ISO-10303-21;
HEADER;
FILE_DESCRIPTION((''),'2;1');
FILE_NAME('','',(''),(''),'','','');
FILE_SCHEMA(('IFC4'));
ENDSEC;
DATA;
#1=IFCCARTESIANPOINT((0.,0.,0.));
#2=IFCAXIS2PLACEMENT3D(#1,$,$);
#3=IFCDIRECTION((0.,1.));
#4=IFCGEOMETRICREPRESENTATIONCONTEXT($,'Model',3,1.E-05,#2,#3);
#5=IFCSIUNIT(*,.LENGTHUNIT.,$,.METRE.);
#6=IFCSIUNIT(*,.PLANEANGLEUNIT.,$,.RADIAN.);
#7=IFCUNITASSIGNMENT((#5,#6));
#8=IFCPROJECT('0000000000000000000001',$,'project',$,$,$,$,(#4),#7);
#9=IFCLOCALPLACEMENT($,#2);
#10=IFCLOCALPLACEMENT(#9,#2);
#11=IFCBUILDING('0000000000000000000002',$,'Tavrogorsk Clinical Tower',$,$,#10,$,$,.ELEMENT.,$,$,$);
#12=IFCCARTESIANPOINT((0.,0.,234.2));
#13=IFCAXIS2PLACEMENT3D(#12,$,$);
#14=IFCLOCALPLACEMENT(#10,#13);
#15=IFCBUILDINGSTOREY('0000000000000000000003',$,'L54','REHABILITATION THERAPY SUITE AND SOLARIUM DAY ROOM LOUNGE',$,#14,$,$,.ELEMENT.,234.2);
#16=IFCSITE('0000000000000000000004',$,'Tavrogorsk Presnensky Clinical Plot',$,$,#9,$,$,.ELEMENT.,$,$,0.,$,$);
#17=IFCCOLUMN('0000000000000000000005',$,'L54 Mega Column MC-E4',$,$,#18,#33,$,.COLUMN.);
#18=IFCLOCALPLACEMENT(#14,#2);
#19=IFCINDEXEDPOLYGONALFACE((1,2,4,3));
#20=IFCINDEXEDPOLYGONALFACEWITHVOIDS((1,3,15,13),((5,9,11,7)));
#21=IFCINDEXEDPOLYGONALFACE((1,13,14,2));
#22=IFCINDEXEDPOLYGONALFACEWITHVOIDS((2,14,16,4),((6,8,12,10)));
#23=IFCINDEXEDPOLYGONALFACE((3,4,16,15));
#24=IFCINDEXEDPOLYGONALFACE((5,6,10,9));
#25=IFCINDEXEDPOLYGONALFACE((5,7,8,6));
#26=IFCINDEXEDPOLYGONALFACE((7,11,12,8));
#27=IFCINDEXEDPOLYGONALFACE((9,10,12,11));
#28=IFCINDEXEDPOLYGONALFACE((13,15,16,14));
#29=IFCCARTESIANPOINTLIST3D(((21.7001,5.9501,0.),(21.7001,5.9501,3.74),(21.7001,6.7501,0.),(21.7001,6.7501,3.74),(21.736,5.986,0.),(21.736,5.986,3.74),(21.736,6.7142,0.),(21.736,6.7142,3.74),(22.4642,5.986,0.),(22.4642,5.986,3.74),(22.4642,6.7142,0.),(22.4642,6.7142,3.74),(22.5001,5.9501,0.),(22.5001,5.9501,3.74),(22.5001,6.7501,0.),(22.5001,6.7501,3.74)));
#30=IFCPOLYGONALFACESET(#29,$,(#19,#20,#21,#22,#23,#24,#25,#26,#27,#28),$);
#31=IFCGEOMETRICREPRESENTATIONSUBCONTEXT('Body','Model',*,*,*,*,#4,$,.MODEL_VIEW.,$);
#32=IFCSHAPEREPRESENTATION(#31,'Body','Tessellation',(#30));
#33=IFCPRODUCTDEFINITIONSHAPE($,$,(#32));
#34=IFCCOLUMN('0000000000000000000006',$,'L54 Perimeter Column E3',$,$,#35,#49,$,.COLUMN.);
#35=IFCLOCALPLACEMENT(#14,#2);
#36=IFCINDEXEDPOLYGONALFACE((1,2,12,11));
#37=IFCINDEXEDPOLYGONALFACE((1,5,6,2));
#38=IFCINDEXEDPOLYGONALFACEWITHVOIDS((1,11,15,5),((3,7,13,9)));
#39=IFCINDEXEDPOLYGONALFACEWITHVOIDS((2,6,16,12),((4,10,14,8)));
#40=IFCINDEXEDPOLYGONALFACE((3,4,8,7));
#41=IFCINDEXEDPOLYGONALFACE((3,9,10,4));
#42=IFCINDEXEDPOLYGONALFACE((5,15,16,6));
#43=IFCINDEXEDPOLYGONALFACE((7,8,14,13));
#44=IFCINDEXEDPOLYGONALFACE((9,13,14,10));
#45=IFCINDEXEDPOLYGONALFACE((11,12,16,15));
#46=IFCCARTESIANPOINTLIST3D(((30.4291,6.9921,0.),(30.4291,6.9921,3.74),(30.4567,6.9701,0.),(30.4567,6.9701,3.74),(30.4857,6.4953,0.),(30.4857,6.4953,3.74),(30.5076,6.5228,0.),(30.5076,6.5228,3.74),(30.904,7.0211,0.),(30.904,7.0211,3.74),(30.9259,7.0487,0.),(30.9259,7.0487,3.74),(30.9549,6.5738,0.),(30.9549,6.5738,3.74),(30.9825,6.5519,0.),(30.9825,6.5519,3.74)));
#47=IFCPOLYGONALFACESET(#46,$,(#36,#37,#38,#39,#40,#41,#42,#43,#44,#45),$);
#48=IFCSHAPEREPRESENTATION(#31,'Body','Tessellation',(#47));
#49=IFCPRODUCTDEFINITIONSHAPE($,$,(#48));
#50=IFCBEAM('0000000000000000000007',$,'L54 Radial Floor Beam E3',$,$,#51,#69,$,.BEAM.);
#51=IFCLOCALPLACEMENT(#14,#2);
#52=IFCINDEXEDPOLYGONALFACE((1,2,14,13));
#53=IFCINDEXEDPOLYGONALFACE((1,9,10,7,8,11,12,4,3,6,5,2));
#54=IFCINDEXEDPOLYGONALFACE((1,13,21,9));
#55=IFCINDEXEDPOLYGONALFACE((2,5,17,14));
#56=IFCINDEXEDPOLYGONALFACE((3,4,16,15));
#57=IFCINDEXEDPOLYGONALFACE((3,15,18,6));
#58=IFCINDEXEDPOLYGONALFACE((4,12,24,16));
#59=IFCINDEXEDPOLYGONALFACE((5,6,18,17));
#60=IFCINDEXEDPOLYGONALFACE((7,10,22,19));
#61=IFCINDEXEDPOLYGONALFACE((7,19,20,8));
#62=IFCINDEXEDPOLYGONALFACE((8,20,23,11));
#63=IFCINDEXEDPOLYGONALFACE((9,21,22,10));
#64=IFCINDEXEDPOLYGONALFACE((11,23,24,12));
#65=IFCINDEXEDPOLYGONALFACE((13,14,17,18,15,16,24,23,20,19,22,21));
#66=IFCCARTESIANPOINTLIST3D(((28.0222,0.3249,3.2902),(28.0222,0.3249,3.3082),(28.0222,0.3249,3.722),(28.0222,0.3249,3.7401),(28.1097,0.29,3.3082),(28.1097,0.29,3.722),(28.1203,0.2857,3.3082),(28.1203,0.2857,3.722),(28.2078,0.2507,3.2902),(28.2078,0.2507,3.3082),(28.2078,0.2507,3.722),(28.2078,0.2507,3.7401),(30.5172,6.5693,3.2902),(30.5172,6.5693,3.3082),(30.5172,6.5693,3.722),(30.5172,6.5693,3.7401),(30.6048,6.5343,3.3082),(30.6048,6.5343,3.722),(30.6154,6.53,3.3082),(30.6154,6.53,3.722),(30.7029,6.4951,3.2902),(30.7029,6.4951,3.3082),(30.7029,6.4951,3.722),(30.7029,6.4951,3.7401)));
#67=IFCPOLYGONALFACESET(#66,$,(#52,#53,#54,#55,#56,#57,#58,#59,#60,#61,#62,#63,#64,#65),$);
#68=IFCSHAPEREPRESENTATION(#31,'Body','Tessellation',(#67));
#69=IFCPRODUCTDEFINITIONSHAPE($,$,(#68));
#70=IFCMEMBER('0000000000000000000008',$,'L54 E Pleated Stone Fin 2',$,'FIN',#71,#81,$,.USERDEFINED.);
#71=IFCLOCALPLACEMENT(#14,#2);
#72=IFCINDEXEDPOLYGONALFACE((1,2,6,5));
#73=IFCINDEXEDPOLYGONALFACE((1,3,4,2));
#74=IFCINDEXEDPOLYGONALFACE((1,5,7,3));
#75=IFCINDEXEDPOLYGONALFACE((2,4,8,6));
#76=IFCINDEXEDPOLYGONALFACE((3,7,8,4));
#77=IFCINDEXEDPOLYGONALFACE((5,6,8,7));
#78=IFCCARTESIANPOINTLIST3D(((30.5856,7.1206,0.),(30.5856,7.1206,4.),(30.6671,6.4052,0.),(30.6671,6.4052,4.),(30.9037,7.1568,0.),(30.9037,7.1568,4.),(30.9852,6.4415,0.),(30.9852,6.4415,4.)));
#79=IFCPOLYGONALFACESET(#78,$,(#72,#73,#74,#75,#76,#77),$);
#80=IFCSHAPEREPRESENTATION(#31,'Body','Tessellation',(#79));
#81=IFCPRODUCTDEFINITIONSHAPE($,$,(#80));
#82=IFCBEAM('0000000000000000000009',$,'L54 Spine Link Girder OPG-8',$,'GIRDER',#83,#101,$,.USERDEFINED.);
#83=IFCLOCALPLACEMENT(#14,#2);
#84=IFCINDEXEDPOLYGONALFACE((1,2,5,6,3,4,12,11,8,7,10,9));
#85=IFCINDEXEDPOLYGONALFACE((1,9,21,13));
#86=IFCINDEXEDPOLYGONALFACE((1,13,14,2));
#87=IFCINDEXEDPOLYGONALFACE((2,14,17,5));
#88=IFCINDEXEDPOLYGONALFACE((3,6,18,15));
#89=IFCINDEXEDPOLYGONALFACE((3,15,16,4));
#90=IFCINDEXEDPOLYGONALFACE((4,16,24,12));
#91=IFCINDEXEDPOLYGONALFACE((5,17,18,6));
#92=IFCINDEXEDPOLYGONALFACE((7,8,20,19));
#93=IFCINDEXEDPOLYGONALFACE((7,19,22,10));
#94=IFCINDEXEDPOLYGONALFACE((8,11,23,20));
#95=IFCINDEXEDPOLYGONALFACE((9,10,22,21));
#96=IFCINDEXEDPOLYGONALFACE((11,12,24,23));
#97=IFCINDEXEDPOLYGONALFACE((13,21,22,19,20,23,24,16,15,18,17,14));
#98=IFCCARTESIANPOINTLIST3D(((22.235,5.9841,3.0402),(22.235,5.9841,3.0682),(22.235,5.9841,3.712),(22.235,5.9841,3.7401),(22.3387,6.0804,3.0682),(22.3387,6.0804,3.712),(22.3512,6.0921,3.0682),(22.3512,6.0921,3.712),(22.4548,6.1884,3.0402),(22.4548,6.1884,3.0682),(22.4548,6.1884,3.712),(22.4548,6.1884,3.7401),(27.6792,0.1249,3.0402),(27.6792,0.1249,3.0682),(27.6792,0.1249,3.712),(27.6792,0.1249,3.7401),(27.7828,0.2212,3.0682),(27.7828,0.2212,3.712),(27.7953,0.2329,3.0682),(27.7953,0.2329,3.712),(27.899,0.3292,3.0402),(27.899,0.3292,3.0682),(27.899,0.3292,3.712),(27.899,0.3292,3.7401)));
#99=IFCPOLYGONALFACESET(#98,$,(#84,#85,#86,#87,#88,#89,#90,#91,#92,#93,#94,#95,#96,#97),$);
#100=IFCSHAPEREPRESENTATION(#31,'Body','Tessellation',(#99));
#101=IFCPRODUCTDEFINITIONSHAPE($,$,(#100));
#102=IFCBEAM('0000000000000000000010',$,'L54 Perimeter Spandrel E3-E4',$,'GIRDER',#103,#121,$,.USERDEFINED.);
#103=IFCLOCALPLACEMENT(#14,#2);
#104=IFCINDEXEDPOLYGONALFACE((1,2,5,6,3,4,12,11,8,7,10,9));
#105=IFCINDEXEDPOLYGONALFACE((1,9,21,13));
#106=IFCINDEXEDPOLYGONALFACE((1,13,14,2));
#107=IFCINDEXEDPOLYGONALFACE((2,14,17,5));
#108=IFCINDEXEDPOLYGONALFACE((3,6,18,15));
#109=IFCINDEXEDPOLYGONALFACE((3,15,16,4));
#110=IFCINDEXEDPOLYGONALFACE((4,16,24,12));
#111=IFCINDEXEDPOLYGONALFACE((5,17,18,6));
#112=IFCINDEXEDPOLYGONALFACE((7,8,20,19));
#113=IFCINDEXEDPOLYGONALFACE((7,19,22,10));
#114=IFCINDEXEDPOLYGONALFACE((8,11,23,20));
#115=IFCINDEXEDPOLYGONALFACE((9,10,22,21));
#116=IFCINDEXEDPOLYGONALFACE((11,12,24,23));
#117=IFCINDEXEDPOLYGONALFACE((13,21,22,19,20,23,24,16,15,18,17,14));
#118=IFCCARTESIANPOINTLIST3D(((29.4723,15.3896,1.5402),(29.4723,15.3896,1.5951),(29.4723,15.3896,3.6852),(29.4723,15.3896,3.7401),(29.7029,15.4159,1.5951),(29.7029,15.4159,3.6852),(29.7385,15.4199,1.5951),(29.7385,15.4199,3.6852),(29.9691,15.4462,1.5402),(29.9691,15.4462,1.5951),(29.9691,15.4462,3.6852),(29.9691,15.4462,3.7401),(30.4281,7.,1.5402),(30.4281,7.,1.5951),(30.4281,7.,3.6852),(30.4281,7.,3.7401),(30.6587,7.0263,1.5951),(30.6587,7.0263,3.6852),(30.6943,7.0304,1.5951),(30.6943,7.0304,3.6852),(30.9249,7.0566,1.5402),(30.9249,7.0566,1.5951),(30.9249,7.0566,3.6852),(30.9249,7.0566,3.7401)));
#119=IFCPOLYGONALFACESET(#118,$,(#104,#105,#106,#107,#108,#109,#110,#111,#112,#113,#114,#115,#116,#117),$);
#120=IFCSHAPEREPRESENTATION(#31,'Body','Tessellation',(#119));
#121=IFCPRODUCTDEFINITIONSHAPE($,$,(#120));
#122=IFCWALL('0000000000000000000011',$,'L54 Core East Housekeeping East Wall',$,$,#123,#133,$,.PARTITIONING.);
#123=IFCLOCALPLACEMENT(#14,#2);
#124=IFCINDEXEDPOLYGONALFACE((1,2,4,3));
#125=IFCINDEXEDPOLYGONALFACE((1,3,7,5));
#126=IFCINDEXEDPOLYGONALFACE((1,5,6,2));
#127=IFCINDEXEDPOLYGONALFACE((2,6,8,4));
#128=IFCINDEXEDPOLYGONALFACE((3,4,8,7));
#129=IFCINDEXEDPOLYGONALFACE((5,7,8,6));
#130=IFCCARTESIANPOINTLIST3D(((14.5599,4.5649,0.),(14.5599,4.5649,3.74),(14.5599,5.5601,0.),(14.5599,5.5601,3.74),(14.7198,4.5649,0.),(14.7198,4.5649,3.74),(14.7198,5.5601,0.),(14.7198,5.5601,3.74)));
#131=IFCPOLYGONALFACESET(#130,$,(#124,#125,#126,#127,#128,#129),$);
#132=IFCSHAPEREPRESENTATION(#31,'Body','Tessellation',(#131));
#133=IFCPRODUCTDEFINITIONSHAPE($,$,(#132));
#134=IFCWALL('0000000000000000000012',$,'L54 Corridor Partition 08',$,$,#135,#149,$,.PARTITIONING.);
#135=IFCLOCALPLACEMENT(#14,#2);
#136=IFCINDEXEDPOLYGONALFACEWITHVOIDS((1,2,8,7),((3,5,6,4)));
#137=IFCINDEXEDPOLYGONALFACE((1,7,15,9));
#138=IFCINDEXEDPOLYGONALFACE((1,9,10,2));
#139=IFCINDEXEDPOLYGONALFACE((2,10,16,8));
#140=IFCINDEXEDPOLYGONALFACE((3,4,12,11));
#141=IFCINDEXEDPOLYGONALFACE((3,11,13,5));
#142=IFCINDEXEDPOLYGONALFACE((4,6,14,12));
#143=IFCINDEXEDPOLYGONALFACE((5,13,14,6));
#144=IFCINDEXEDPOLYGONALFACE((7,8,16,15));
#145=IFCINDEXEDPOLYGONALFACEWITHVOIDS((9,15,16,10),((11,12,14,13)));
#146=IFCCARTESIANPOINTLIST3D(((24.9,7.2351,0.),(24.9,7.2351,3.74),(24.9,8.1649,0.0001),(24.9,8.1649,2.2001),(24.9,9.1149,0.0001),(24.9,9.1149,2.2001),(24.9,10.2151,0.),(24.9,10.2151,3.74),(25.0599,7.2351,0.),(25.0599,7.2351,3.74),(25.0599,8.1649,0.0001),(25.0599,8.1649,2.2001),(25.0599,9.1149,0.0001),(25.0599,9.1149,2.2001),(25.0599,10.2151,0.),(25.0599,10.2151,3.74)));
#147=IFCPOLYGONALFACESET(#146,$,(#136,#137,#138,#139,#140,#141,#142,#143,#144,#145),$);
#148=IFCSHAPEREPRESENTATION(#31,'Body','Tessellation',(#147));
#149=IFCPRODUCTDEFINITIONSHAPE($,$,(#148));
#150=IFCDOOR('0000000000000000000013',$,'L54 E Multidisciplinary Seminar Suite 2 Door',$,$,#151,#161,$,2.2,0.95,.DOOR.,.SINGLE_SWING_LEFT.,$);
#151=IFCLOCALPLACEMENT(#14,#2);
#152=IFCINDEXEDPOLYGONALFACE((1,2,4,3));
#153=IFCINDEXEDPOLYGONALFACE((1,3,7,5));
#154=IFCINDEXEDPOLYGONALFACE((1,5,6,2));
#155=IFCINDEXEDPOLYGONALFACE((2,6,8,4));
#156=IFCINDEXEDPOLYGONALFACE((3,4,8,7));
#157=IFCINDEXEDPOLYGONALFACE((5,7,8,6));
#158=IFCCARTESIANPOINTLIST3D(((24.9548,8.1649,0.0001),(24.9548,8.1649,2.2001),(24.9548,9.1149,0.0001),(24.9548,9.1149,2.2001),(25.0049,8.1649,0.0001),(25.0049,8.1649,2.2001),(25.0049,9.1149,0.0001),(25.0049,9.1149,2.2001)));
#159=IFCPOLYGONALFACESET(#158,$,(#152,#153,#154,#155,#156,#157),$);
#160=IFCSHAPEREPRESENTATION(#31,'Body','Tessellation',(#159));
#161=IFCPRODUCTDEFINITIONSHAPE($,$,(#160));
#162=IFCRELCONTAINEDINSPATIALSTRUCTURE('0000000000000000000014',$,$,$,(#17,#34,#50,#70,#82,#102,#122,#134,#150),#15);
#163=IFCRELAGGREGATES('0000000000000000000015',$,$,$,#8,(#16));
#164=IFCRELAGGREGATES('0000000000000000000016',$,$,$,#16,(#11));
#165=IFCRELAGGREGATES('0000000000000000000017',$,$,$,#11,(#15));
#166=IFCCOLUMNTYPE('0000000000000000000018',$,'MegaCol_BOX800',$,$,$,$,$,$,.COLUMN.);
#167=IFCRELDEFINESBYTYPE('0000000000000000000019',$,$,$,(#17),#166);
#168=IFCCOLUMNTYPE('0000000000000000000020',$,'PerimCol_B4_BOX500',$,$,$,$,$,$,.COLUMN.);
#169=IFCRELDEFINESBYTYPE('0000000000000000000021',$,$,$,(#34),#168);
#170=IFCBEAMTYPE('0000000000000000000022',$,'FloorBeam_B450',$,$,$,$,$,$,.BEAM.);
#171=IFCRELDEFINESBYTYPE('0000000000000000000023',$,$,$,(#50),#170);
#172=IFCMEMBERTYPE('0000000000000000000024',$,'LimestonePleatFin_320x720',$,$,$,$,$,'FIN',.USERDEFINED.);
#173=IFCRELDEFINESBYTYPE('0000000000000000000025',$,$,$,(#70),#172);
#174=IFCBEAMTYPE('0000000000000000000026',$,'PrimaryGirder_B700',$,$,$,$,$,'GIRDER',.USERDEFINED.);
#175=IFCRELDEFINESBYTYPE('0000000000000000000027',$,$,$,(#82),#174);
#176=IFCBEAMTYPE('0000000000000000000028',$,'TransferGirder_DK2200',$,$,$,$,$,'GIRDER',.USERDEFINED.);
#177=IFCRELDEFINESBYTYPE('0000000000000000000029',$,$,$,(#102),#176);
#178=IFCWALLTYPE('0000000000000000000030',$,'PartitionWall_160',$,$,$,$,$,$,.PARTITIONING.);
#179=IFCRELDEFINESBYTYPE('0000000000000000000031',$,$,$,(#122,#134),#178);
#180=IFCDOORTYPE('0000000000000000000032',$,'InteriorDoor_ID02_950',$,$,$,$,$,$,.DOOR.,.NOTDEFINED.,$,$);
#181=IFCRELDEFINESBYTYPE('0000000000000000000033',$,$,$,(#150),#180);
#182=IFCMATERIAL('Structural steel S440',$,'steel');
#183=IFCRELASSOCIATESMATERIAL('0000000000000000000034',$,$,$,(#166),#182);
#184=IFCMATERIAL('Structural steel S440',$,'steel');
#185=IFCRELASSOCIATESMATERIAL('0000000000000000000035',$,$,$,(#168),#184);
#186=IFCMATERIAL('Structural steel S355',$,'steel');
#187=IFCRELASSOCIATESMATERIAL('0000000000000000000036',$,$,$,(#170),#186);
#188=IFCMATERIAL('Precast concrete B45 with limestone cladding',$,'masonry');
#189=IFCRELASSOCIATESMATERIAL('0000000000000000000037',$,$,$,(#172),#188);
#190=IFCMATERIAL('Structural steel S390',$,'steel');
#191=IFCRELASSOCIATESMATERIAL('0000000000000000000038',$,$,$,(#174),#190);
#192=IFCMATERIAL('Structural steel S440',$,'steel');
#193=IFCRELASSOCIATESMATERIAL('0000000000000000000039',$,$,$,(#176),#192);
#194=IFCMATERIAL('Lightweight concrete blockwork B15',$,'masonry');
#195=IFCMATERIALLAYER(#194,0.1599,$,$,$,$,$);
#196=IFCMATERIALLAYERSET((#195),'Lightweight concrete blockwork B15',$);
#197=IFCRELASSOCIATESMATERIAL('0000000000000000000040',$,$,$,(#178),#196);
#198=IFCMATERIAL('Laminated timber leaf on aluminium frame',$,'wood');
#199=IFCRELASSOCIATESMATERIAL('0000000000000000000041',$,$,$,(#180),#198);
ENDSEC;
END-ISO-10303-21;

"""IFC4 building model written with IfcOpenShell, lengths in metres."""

from ifc_helpers import new_model, si_unit, direction, frame, frame_2d, origin, origin_2d, place, context, subcontext, project, spatial, rectangle, hollow_rectangle, i_section, extrude, material, layer, layer_set, material_profile, profile_set, type_object, element, fill, save


model = new_model("IFC4")

# Units and contexts
model_context = context("Model", 3, precision=1e-05, world=origin(), true_north=direction((0.0, 1.0)))
body_context = subcontext(model_context, "Body", "Model", "MODEL_VIEW")
ifc_project = project(units=[si_unit("LENGTHUNIT", "METRE"), si_unit("PLANEANGLEUNIT", "RADIAN")], contexts=[model_context])

# Site, building, storey
site_placement = place(None, origin())
site = spatial("IfcSite", under=ifc_project, at=site_placement, Name="Tavrogorsk Presnensky Clinical Plot", CompositionType="ELEMENT", RefElevation=0.0)
building_placement = place(site_placement, origin())
building = spatial("IfcBuilding", under=site, at=building_placement, Name="Tavrogorsk Clinical Tower", CompositionType="ELEMENT")
storey_placement = place(building_placement, frame((0.0, 0.0, 234.2)))
storey = spatial("IfcBuildingStorey", under=building, at=storey_placement, Name="L54", Description="REHABILITATION THERAPY SUITE AND SOLARIUM DAY ROOM LOUNGE", CompositionType="ELEMENT", Elevation=234.2)

# Columns
ifc_material_1 = material(Name="Structural steel S440", Category="steel")
ifc_material_profile_1 = material_profile(ifc_material_1, hollow_rectangle(XDim=0.8, YDim=0.8, WallThickness=0.0359, at=origin_2d()), Name="BOX-800x800x36")
ifc_profile_set_1 = profile_set([ifc_material_profile_1], Name="Structural steel S440")
column_type_1 = type_object("IfcColumnType", Name="MegaCol_BOX800", PredefinedType="COLUMN", material=ifc_profile_set_1)
column_1_placement = place(storey_placement, frame((22.1001, 6.3501, 0.0), z_axis=(0.0, 0.0, 1.0), x_axis=(1.0, 0.0, 0.0)))
element("IfcColumn", 1, at=column_1_placement, inside=storey, type_object=column_type_1, Name="L54 Mega Column MC-E4", PredefinedType="COLUMN", context=body_context, shape_type="SweptSolid", body=[
    extrude(hollow_rectangle(XDim=0.8, YDim=0.8, WallThickness=0.0359, at=origin_2d()), origin(), (0.0, 0.0, 1.0), 3.74),
])
ifc_material_2 = material(Name="Structural steel S440", Category="steel")
ifc_material_profile_2 = material_profile(ifc_material_2, hollow_rectangle(XDim=0.5, YDim=0.5, WallThickness=0.0249, at=origin_2d()), Name="BOX-500x500x25")
ifc_profile_set_2 = profile_set([ifc_material_profile_2], Name="Structural steel S440")
column_type_2 = type_object("IfcColumnType", Name="PerimCol_B4_BOX500", PredefinedType="COLUMN", material=ifc_profile_set_2)
column_2_placement = place(storey_placement, frame((30.7058, 6.772, 0.0), z_axis=(0.0, 0.0, 1.0), x_axis=(0.993572, 0.113203, 0.0)))
element("IfcColumn", 2, at=column_2_placement, inside=storey, type_object=column_type_2, Name="L54 Perimeter Column E3", PredefinedType="COLUMN", context=body_context, shape_type="SweptSolid", body=[
    extrude(hollow_rectangle(XDim=0.5, YDim=0.5, WallThickness=0.0249, at=origin_2d()), origin(), (0.0, 0.0, 1.0), 3.74),
])

# Beam
ifc_material_3 = material(Name="Structural steel S355", Category="steel")
ifc_material_profile_3 = material_profile(ifc_material_3, i_section(OverallWidth=0.2, OverallDepth=0.45, WebThickness=0.0115, FlangeThickness=0.0181, at=origin_2d()), Name="B-450x200x11.5x18")
ifc_profile_set_3 = profile_set([ifc_material_profile_3], Name="Structural steel S355")
beam_type_1 = type_object("IfcBeamType", Name="FloorBeam_B450", PredefinedType="BEAM", material=ifc_profile_set_3)
beam_1_placement = place(storey_placement, frame((28.115, 0.2878, 3.5151), z_axis=(0.371053, 0.928612, 0.0), x_axis=(-0.928612, 0.371053, 0.0)))
element("IfcBeam", 3, at=beam_1_placement, inside=storey, type_object=beam_type_1, Name="L54 Radial Floor Beam E3", PredefinedType="BEAM", context=body_context, shape_type="SweptSolid", body=[
    extrude(i_section(OverallWidth=0.2, OverallDepth=0.45, WebThickness=0.0115, FlangeThickness=0.0181, at=origin_2d()), origin(), (0.0, 0.0, 1.0), 6.7244),
])

# Member
ifc_material_4 = material(Name="Precast concrete B45 with limestone cladding", Category="masonry")
ifc_material_profile_4 = material_profile(ifc_material_4, rectangle(XDim=0.3201, YDim=0.72, at=origin_2d()), Name="LIMESTONE-FIN-320x720")
ifc_profile_set_4 = profile_set([ifc_material_profile_4], Name="Precast concrete B45 with limestone cladding")
member_type = type_object("IfcMemberType", Name="LimestonePleatFin_320x720", ElementType="FIN", PredefinedType="USERDEFINED", material=ifc_profile_set_4)
member_placement = place(storey_placement, frame((30.7854, 6.781, 0.0), z_axis=(0.0, 0.0, 1.0), x_axis=(0.993572, 0.113203, 0.0)))
element("IfcMember", 4, at=member_placement, inside=storey, type_object=member_type, Name="L54 E Pleated Stone Fin 2", ObjectType="FIN", PredefinedType="USERDEFINED", context=body_context, shape_type="SweptSolid", body=[
    extrude(rectangle(XDim=0.3201, YDim=0.72, at=origin_2d()), origin(), (0.0, 0.0, 1.0), 4.0),
])

# Beams
ifc_material_5 = material(Name="Structural steel S390", Category="steel")
ifc_material_profile_5 = material_profile(ifc_material_5, i_section(OverallWidth=0.3, OverallDepth=0.7, WebThickness=0.0171, FlangeThickness=0.0281, at=origin_2d()), Name="B-700x300x17x28")
ifc_profile_set_5 = profile_set([ifc_material_profile_5], Name="Structural steel S390")
beam_type_2 = type_object("IfcBeamType", Name="PrimaryGirder_B700", ElementType="GIRDER", PredefinedType="USERDEFINED", material=ifc_profile_set_5)
beam_2_placement = place(storey_placement, frame((27.7891, 0.2271, 3.3901), z_axis=(-0.680684, 0.732577, 0.0), x_axis=(-0.732577, -0.680684, 0.0)))
element("IfcBeam", 5, at=beam_2_placement, inside=storey, type_object=beam_type_2, Name="L54 Spine Link Girder OPG-8", ObjectType="GIRDER", PredefinedType="USERDEFINED", context=body_context, shape_type="SweptSolid", body=[
    extrude(i_section(OverallWidth=0.3, OverallDepth=0.7, WebThickness=0.0171, FlangeThickness=0.0281, at=origin_2d()), origin(), (0.0, 0.0, 1.0), 7.998),
])
ifc_material_6 = material(Name="Structural steel S440", Category="steel")
ifc_material_profile_6 = material_profile(ifc_material_6, i_section(OverallWidth=0.5, OverallDepth=2.2, WebThickness=0.0359, FlangeThickness=0.0549, at=origin_2d()), Name="DK-2200x500x36x55")
ifc_profile_set_6 = profile_set([ifc_material_profile_6], Name="Structural steel S440")
beam_type_3 = type_object("IfcBeamType", Name="TransferGirder_DK2200", ElementType="GIRDER", PredefinedType="USERDEFINED", material=ifc_profile_set_6)
beam_3_placement = place(storey_placement, frame((30.6765, 7.0283, 2.6401), z_axis=(-0.113195, 0.993573, 0.0), x_axis=(-0.993573, -0.113195, 0.0)))
element("IfcBeam", 6, at=beam_3_placement, inside=storey, type_object=beam_type_3, Name="L54 Perimeter Spandrel E3-E4", ObjectType="GIRDER", PredefinedType="USERDEFINED", context=body_context, shape_type="SweptSolid", body=[
    extrude(i_section(OverallWidth=0.5, OverallDepth=2.2, WebThickness=0.0359, FlangeThickness=0.0549, at=origin_2d()), origin(), (0.0, 0.0, 1.0), 8.4438),
])

# Wall
ifc_material_7 = material(Name="Lightweight concrete blockwork B15", Category="masonry")
ifc_layer_1 = layer(ifc_material_7, 0.1599)
ifc_layer_set_1 = layer_set([ifc_layer_1], Name="Lightweight concrete blockwork B15")
wall_type_1 = type_object("IfcWallType", Name="PartitionWall_160", PredefinedType="PARTITIONING", material=ifc_layer_set_1)
wall_1_placement = place(storey_placement, frame((14.6399, 4.5649, 0.0), z_axis=(0.0, 0.0, 1.0), x_axis=(0.0, 1.0, 0.0)))
element("IfcWall", 7, at=wall_1_placement, inside=storey, type_object=wall_type_1, Name="L54 Core East Housekeeping East Wall", PredefinedType="PARTITIONING", context=body_context, shape_type="SweptSolid", body=[
    extrude(rectangle(XDim=0.9951, YDim=0.1599, at=frame_2d((0.4976, 0.0))), origin(), (0.0, 0.0, 1.0), 3.74),
])

# Wall, opening, door
wall_2_placement = place(storey_placement, frame((24.98, 10.2151, 0.0), z_axis=(0.0, 0.0, 1.0), x_axis=(0.0, -1.0, 0.0)))
wall_2 = element("IfcWall", 8, at=wall_2_placement, inside=storey, type_object=wall_type_1, Name="L54 Corridor Partition 08", PredefinedType="PARTITIONING", context=body_context, shape_type="SweptSolid", body=[
    extrude(rectangle(XDim=2.98, YDim=0.1599, at=frame_2d((1.49, 0.0))), origin(), (0.0, 0.0, 1.0), 3.74),
])
opening_1_placement = place(wall_2_placement, frame((1.1001, 0.0, 0.0)))
opening_1 = element("IfcOpeningElement", 9, at=opening_1_placement, cuts=wall_2, PredefinedType="OPENING", context=body_context, shape_type="SweptSolid", body=[
    extrude(rectangle(XDim=0.95, YDim=2.2, at=frame_2d((0.4751, 1.1001))), frame((0.0, 0.0898, 0.0), z_axis=(0.0, -1.0, 0.0), x_axis=(1.0, 0.0, 0.0)), (0.0, 0.0, 1.0), 0.1799),
])
ifc_material_8 = material(Name="Laminated timber leaf on aluminium frame", Category="wood")
door_type_1 = type_object("IfcDoorType", Name="InteriorDoor_ID02_950", OperationType="NOTDEFINED", PredefinedType="DOOR", material=ifc_material_8)
door_1_placement = place(opening_1_placement, origin())
door_1 = element("IfcDoor", 10, at=door_1_placement, inside=storey, type_object=door_type_1, Name="L54 E Multidisciplinary Seminar Suite 2 Door", OperationType="SINGLE_SWING_LEFT", OverallHeight=2.2, OverallWidth=0.95, PredefinedType="DOOR", context=body_context, shape_type="SweptSolid", body=[
    extrude(rectangle(XDim=0.95, YDim=2.2, at=frame_2d((0.4751, 1.1001))), frame((0.0, 0.0249, 0.0), z_axis=(0.0, -1.0, 0.0), x_axis=(1.0, 0.0, 0.0)), (0.0, 0.0, 1.0), 0.05),
])
fill(opening_1, door_1)

save(model, "model.ifc")
